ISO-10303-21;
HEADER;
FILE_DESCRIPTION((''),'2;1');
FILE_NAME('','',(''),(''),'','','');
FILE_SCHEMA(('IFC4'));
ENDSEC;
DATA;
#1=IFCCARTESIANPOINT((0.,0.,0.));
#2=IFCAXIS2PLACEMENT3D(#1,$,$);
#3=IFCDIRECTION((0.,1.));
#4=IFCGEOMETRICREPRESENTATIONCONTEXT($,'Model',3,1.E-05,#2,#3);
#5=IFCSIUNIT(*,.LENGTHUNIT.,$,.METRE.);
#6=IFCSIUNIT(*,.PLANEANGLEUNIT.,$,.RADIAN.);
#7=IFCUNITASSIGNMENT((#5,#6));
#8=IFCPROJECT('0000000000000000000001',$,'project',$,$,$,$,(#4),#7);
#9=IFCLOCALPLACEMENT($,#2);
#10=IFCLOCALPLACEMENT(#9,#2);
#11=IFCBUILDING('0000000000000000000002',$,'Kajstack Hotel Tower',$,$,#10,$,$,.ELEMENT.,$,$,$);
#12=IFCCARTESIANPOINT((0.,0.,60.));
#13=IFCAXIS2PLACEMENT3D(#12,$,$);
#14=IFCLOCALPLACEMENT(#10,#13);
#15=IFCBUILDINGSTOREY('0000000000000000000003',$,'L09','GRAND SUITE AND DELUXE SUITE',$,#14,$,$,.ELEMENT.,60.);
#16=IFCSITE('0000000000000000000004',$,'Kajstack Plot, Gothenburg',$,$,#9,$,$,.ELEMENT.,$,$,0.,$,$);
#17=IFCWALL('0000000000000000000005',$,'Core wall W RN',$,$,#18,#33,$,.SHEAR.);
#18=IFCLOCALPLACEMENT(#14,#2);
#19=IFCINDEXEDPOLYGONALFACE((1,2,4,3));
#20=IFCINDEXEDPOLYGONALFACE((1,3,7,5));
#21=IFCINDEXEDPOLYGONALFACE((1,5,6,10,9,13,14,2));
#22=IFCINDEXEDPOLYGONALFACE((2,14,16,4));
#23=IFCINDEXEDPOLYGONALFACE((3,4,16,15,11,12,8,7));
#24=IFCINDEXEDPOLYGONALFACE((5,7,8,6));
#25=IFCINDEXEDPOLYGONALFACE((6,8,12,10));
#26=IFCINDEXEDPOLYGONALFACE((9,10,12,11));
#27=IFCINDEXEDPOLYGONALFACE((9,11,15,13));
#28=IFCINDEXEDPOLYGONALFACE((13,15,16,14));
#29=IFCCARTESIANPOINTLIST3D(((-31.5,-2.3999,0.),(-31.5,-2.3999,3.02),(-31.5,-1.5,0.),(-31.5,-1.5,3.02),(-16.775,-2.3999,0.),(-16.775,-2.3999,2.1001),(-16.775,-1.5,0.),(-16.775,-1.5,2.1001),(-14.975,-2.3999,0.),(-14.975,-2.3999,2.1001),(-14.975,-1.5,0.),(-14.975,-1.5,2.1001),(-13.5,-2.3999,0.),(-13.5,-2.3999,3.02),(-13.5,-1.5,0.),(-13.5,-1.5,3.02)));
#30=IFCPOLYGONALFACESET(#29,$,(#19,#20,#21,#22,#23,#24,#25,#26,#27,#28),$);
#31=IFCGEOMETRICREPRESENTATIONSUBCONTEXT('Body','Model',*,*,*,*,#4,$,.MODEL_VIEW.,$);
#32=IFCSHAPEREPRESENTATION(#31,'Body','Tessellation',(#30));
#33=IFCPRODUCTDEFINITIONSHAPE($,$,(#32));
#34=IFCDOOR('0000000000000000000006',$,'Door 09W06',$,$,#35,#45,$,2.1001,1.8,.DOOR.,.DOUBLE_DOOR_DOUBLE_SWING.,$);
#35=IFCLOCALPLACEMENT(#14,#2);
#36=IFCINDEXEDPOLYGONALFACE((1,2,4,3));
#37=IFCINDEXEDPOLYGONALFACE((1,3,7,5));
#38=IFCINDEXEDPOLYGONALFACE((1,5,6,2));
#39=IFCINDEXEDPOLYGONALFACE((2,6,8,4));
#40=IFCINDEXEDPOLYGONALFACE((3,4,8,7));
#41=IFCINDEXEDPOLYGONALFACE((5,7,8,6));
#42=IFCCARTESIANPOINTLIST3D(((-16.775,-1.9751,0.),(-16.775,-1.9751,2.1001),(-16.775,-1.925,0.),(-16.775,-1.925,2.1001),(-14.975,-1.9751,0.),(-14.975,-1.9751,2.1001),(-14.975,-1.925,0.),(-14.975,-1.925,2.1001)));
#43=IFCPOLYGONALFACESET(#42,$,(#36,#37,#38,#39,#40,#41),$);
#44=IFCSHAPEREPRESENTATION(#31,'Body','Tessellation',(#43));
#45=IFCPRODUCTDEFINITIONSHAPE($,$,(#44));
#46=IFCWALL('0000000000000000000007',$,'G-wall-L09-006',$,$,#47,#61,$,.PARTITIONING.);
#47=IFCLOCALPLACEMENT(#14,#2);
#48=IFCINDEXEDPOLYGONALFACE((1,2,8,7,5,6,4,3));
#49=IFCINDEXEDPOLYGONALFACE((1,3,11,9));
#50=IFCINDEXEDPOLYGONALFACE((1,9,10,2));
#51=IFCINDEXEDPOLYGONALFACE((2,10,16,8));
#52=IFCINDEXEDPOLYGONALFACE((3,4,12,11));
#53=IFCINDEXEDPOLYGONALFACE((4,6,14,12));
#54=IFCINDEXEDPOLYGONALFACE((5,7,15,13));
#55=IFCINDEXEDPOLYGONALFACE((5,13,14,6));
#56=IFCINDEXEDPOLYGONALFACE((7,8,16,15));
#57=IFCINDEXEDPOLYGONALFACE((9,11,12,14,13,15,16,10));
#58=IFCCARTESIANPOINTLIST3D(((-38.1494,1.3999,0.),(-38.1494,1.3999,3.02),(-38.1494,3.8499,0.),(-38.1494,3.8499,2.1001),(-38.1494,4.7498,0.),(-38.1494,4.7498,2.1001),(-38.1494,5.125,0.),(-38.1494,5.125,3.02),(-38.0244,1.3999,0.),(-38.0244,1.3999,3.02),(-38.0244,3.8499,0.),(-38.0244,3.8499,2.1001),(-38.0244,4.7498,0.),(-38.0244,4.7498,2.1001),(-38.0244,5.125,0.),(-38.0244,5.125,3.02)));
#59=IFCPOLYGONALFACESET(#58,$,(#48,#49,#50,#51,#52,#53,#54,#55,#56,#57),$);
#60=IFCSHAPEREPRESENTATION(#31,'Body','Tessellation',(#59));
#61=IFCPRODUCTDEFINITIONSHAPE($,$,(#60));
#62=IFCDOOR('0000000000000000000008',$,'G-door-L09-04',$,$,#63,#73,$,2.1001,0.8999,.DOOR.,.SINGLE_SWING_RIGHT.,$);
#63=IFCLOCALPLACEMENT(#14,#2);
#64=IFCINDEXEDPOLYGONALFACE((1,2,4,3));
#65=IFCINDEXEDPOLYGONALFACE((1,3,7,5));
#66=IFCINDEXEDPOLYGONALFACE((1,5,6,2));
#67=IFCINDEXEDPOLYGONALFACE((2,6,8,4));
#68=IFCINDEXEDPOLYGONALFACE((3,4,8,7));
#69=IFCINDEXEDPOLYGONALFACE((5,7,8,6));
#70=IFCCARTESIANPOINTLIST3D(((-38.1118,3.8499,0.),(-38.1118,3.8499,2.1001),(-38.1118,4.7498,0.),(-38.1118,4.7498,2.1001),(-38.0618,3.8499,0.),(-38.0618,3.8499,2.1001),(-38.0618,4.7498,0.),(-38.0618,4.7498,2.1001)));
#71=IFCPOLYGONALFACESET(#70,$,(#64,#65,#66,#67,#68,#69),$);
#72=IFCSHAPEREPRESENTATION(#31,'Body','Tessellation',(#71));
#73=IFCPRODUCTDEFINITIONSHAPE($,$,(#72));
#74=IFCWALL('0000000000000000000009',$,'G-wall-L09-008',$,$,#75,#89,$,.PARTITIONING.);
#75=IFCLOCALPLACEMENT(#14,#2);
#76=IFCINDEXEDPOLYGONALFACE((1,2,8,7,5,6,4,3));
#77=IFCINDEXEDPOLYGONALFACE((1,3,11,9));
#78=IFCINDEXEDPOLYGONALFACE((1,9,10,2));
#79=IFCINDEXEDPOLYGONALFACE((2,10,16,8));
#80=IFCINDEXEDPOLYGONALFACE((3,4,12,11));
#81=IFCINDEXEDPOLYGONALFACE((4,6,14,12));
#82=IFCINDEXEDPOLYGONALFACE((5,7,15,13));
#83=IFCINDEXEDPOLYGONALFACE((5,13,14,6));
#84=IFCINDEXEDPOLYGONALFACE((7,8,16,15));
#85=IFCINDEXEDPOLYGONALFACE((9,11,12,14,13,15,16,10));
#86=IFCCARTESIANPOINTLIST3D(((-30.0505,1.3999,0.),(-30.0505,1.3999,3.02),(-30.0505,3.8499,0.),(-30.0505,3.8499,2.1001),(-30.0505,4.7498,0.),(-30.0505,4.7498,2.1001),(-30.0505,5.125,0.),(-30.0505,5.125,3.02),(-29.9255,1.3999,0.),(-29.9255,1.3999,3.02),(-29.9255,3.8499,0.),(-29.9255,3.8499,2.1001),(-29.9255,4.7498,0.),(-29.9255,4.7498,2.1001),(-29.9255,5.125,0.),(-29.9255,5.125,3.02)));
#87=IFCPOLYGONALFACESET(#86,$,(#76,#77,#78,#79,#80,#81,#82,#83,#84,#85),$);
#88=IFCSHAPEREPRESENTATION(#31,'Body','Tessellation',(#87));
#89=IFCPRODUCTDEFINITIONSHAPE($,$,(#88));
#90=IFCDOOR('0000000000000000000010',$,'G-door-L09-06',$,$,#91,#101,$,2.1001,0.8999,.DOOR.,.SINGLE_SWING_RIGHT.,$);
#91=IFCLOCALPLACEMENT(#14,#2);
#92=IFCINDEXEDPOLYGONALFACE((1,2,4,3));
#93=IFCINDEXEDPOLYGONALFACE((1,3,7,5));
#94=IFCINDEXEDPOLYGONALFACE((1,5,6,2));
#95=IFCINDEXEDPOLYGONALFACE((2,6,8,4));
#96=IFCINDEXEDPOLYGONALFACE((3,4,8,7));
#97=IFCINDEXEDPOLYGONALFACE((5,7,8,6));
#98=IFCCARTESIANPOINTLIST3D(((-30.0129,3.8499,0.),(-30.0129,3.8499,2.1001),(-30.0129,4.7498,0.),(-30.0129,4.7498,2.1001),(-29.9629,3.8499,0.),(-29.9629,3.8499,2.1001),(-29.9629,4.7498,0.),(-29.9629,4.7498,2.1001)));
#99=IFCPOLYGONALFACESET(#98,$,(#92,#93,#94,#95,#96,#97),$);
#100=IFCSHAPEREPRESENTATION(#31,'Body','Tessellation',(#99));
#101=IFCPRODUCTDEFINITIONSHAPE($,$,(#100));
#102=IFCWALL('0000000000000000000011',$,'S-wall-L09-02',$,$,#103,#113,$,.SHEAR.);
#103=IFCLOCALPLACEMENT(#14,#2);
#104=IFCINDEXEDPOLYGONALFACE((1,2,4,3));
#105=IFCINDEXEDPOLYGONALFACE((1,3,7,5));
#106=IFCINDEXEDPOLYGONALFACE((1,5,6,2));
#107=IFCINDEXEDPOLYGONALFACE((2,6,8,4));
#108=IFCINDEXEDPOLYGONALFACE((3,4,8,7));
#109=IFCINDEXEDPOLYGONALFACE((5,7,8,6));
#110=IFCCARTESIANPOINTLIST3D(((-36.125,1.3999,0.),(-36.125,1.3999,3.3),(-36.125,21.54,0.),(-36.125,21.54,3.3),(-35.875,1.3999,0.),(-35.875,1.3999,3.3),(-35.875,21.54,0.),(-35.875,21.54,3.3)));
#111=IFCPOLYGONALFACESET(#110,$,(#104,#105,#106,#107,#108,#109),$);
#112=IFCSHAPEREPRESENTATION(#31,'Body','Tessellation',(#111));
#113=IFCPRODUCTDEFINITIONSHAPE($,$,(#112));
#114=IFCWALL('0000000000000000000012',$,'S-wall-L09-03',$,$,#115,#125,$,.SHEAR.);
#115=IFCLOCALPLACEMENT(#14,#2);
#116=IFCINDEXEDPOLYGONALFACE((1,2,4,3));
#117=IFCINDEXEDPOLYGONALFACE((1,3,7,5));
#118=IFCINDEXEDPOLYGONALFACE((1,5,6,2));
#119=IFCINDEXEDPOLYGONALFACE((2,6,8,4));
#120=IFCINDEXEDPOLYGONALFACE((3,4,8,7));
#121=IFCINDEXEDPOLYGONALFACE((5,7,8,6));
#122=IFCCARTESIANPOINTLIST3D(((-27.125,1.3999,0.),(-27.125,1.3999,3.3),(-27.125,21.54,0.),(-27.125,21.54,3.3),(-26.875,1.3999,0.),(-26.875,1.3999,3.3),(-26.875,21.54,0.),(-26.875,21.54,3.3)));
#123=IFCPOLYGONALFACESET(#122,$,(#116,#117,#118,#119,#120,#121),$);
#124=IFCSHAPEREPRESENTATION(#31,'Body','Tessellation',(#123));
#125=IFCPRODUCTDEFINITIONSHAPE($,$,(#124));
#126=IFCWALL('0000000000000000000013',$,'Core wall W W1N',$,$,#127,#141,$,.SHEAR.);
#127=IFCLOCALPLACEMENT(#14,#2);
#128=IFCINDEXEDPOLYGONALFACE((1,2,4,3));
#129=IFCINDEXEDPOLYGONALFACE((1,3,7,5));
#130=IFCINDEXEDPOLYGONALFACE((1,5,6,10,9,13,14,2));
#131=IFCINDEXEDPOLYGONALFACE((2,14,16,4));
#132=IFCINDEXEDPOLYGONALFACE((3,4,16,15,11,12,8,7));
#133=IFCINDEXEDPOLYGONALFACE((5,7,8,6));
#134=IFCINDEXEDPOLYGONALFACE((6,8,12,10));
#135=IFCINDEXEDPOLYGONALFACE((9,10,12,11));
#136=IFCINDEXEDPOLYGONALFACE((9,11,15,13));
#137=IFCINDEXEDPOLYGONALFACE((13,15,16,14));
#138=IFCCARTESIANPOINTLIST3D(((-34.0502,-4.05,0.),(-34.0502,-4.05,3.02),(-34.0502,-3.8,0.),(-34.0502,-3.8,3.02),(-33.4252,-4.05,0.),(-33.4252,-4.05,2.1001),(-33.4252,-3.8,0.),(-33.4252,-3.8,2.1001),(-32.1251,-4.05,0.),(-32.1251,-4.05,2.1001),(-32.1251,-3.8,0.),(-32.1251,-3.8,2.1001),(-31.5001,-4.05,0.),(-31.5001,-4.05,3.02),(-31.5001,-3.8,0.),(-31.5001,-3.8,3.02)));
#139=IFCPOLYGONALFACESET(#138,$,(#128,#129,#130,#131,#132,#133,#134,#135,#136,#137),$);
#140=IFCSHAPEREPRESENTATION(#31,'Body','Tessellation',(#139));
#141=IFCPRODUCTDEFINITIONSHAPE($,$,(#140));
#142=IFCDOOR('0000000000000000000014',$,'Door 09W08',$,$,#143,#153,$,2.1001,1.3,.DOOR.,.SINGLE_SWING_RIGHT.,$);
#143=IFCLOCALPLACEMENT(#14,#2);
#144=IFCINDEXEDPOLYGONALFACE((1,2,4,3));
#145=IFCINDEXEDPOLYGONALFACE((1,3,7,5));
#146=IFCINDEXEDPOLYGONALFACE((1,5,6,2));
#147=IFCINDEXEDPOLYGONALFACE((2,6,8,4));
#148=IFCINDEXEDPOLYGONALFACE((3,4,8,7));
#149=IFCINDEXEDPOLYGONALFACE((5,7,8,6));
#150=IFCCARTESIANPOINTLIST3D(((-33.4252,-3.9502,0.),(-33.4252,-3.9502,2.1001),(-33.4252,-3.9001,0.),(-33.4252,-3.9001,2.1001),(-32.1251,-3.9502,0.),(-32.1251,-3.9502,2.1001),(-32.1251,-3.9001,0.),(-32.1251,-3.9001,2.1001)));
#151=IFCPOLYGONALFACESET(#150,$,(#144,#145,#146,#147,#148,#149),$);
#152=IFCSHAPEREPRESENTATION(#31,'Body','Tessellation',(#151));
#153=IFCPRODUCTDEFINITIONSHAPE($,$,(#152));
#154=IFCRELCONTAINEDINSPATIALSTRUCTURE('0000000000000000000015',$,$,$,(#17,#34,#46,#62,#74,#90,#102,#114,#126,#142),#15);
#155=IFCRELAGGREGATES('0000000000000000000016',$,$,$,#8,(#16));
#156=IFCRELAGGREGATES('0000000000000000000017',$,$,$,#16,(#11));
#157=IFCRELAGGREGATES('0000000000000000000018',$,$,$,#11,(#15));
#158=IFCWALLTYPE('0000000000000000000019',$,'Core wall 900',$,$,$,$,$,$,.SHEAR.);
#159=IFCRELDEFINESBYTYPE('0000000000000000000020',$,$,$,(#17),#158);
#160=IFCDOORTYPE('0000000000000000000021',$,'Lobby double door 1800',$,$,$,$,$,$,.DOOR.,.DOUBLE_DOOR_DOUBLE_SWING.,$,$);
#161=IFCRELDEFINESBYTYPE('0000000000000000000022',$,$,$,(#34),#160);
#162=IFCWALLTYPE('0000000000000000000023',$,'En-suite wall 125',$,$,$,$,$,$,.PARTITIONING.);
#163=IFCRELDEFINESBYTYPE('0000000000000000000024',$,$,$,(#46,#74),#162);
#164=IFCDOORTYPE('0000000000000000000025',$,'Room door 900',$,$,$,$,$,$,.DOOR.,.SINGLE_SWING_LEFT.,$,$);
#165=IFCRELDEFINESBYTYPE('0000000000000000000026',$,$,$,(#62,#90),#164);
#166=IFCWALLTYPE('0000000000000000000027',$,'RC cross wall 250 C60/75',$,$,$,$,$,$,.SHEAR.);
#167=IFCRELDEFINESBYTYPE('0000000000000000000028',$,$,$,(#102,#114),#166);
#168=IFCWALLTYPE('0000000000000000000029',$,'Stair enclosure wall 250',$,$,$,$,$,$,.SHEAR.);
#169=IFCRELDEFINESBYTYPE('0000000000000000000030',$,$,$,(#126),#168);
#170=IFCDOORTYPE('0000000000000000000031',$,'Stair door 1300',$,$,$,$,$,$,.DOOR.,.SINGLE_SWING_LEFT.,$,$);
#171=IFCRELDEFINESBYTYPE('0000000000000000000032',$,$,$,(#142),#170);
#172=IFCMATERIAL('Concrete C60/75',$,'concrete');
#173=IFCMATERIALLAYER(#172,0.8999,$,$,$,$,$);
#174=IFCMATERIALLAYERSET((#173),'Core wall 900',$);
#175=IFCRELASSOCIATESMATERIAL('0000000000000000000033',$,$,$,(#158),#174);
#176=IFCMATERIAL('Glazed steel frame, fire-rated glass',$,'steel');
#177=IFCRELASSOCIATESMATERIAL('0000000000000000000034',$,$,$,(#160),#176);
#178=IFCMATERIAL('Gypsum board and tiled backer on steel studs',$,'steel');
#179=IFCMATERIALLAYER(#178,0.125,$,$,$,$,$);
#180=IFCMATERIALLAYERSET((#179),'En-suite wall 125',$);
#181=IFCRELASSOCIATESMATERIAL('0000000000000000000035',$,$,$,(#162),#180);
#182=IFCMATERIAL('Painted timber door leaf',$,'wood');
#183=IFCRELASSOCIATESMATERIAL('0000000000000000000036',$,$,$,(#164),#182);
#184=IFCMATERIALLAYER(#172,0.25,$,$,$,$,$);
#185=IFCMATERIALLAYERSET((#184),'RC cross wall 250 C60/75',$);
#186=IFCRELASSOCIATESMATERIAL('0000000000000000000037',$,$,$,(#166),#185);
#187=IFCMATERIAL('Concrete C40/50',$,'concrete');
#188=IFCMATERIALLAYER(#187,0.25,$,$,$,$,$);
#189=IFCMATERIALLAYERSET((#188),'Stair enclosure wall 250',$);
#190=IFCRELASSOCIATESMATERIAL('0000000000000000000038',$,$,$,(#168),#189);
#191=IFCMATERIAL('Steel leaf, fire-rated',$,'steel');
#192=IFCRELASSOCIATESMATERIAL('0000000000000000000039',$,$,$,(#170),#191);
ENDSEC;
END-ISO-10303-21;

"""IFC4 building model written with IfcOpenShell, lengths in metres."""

from ifc_helpers import new_model, si_unit, direction, frame, frame_2d, origin, place, context, subcontext, project, spatial, rectangle, extrude, material, layer, layer_set, type_object, element, fill, save


model = new_model("IFC4")

# Units and contexts
model_context = context("Model", 3, precision=1e-05, world=origin(), true_north=direction((0.0, 1.0)))
body_context = subcontext(model_context, "Body", "Model", "MODEL_VIEW")
ifc_project = project(units=[si_unit("LENGTHUNIT", "METRE"), si_unit("PLANEANGLEUNIT", "RADIAN")], contexts=[model_context])

# Site, building, storey
site_placement = place(None, origin())
site = spatial("IfcSite", under=ifc_project, at=site_placement, Name="Kajstack Plot, Gothenburg", CompositionType="ELEMENT", RefElevation=0.0)
building_placement = place(site_placement, origin())
building = spatial("IfcBuilding", under=site, at=building_placement, Name="Kajstack Hotel Tower", CompositionType="ELEMENT")
storey_placement = place(building_placement, frame((0.0, 0.0, 60.0)))
storey = spatial("IfcBuildingStorey", under=building, at=storey_placement, Name="L09", Description="GRAND SUITE AND DELUXE SUITE", CompositionType="ELEMENT", Elevation=60.0)

# Walls, openings, doors
ifc_material_1 = material(Name="Concrete C60/75", Category="concrete")
ifc_layer_1 = layer(ifc_material_1, 0.8999)
ifc_layer_set_1 = layer_set([ifc_layer_1], Name="Core wall 900")
wall_type_1 = type_object("IfcWallType", Name="Core wall 900", PredefinedType="SHEAR", material=ifc_layer_set_1)
wall_1_placement = place(storey_placement, frame((-31.5, -1.95, 0.0), z_axis=(0.0, 0.0, 1.0), x_axis=(1.0, 0.0, 0.0)))
wall_1 = element("IfcWall", 1, at=wall_1_placement, inside=storey, type_object=wall_type_1, Name="Core wall W RN", PredefinedType="SHEAR", context=body_context, shape_type="SweptSolid", body=[
    extrude(rectangle(XDim=18.0, YDim=0.8999, at=frame_2d((9.0, 0.0))), origin(), (0.0, 0.0, 1.0), 3.02),
])
opening_1_placement = place(wall_1_placement, frame((14.7251, 0.0, 0.0)))
opening_1 = element("IfcOpeningElement", 2, at=opening_1_placement, cuts=wall_1, PredefinedType="OPENING", context=body_context, shape_type="SweptSolid", body=[
    extrude(rectangle(XDim=1.8, YDim=2.1001, at=frame_2d((0.8999, 1.05))), frame((0.0, 0.46, 0.0), z_axis=(0.0, -1.0, 0.0), x_axis=(1.0, 0.0, 0.0)), (0.0, 0.0, 1.0), 0.9199),
])
ifc_material_2 = material(Name="Glazed steel frame, fire-rated glass", Category="steel")
door_type_1 = type_object("IfcDoorType", Name="Lobby double door 1800", OperationType="DOUBLE_DOOR_DOUBLE_SWING", PredefinedType="DOOR", material=ifc_material_2)
door_1_placement = place(opening_1_placement, origin())
door_1 = element("IfcDoor", 3, at=door_1_placement, inside=storey, type_object=door_type_1, Name="Door 09W06", OperationType="DOUBLE_DOOR_DOUBLE_SWING", OverallHeight=2.1001, OverallWidth=1.8, PredefinedType="DOOR", context=body_context, shape_type="SweptSolid", body=[
    extrude(rectangle(XDim=1.8, YDim=2.1001, at=frame_2d((0.8999, 1.05))), frame((0.0, 0.0249, 0.0), z_axis=(0.0, -1.0, 0.0), x_axis=(1.0, 0.0, 0.0)), (0.0, 0.0, 1.0), 0.05),
])
fill(opening_1, door_1)
ifc_material_3 = material(Name="Gypsum board and tiled backer on steel studs", Category="steel")
ifc_layer_2 = layer(ifc_material_3, 0.125)
ifc_layer_set_2 = layer_set([ifc_layer_2], Name="En-suite wall 125")
wall_type_2 = type_object("IfcWallType", Name="En-suite wall 125", PredefinedType="PARTITIONING", material=ifc_layer_set_2)
wall_2_placement = place(storey_placement, frame((-38.0869, 1.3999, 0.0), z_axis=(0.0, 0.0, 1.0), x_axis=(0.0, 1.0, 0.0)))
wall_2 = element("IfcWall", 4, at=wall_2_placement, inside=storey, type_object=wall_type_2, Name="G-wall-L09-006", PredefinedType="PARTITIONING", context=body_context, shape_type="SweptSolid", body=[
    extrude(rectangle(XDim=3.7251, YDim=0.125, at=frame_2d((1.8625, 0.0))), origin(), (0.0, 0.0, 1.0), 3.02),
])
opening_2_placement = place(wall_2_placement, frame((2.45, 0.0, 0.0)))
opening_2 = element("IfcOpeningElement", 5, at=opening_2_placement, cuts=wall_2, PredefinedType="OPENING", context=body_context, shape_type="SweptSolid", body=[
    extrude(rectangle(XDim=0.8999, YDim=2.1001, at=frame_2d((0.45, 1.05))), frame((0.0, 0.0725, 0.0), z_axis=(0.0, -1.0, 0.0), x_axis=(1.0, 0.0, 0.0)), (0.0, 0.0, 1.0), 0.145),
])
ifc_material_4 = material(Name="Painted timber door leaf", Category="wood")
door_type_2 = type_object("IfcDoorType", Name="Room door 900", OperationType="SINGLE_SWING_LEFT", PredefinedType="DOOR", material=ifc_material_4)
door_2_placement = place(opening_2_placement, origin())
door_2 = element("IfcDoor", 6, at=door_2_placement, inside=storey, type_object=door_type_2, Name="G-door-L09-04", OperationType="SINGLE_SWING_RIGHT", OverallHeight=2.1001, OverallWidth=0.8999, PredefinedType="DOOR", context=body_context, shape_type="SweptSolid", body=[
    extrude(rectangle(XDim=0.8999, YDim=2.1001, at=frame_2d((0.45, 1.05))), frame((0.0, 0.0249, 0.0), z_axis=(0.0, -1.0, 0.0), x_axis=(1.0, 0.0, 0.0)), (0.0, 0.0, 1.0), 0.05),
])
fill(opening_2, door_2)
wall_3_placement = place(storey_placement, frame((-29.988, 1.3999, 0.0), z_axis=(0.0, 0.0, 1.0), x_axis=(0.0, 1.0, 0.0)))
wall_3 = element("IfcWall", 7, at=wall_3_placement, inside=storey, type_object=wall_type_2, Name="G-wall-L09-008", PredefinedType="PARTITIONING", context=body_context, shape_type="SweptSolid", body=[
    extrude(rectangle(XDim=3.7251, YDim=0.125, at=frame_2d((1.8625, 0.0))), origin(), (0.0, 0.0, 1.0), 3.02),
])
opening_3_placement = place(wall_3_placement, frame((2.45, 0.0, 0.0)))
opening_3 = element("IfcOpeningElement", 8, at=opening_3_placement, cuts=wall_3, PredefinedType="OPENING", context=body_context, shape_type="SweptSolid", body=[
    extrude(rectangle(XDim=0.8999, YDim=2.1001, at=frame_2d((0.45, 1.05))), frame((0.0, 0.0725, 0.0), z_axis=(0.0, -1.0, 0.0), x_axis=(1.0, 0.0, 0.0)), (0.0, 0.0, 1.0), 0.145),
])
door_3_placement = place(opening_3_placement, origin())
door_3 = element("IfcDoor", 9, at=door_3_placement, inside=storey, type_object=door_type_2, Name="G-door-L09-06", OperationType="SINGLE_SWING_RIGHT", OverallHeight=2.1001, OverallWidth=0.8999, PredefinedType="DOOR", context=body_context, shape_type="SweptSolid", body=[
    extrude(rectangle(XDim=0.8999, YDim=2.1001, at=frame_2d((0.45, 1.05))), frame((0.0, 0.0249, 0.0), z_axis=(0.0, -1.0, 0.0), x_axis=(1.0, 0.0, 0.0)), (0.0, 0.0, 1.0), 0.05),
])
fill(opening_3, door_3)

# Walls
ifc_layer_3 = layer(ifc_material_1, 0.25)
ifc_layer_set_3 = layer_set([ifc_layer_3], Name="RC cross wall 250 C60/75")
wall_type_3 = type_object("IfcWallType", Name="RC cross wall 250 C60/75", PredefinedType="SHEAR", material=ifc_layer_set_3)
for number, where, z_axis, x_axis, name in (
    (10, (-36.0, 1.3999, 0.0), (0.0, 0.0, 1.0), (0.0, 1.0, 0.0), "S-wall-L09-02"),
    (11, (-27.0, 1.3999, 0.0), (0.0, 0.0, 1.0), (0.0, 1.0, 0.0), "S-wall-L09-03"),
):
    element("IfcWall", number, at=place(storey_placement, frame(where, z_axis=z_axis, x_axis=x_axis)), inside=storey, type_object=wall_type_3, Name=name, PredefinedType="SHEAR", context=body_context, shape_type="SweptSolid", body=[
        extrude(rectangle(XDim=20.1401, YDim=0.25, at=frame_2d((10.0701, 0.0))), origin(), (0.0, 0.0, 1.0), 3.3),
    ])

# Wall, opening, door
ifc_material_5 = material(Name="Concrete C40/50", Category="concrete")
ifc_layer_4 = layer(ifc_material_5, 0.25)
ifc_layer_set_4 = layer_set([ifc_layer_4], Name="Stair enclosure wall 250")
wall_type_4 = type_object("IfcWallType", Name="Stair enclosure wall 250", PredefinedType="SHEAR", material=ifc_layer_set_4)
wall_4_placement = place(storey_placement, frame((-34.05, -3.925, 0.0), z_axis=(0.0, 0.0, 1.0), x_axis=(1.0, 0.0, 0.0)))
wall_4 = element("IfcWall", 12, at=wall_4_placement, inside=storey, type_object=wall_type_4, Name="Core wall W W1N", PredefinedType="SHEAR", context=body_context, shape_type="SweptSolid", body=[
    extrude(rectangle(XDim=2.55, YDim=0.25, at=frame_2d((1.2749, 0.0))), origin(), (0.0, 0.0, 1.0), 3.02),
])
opening_4_placement = place(wall_4_placement, frame((0.625, 0.0, 0.0)))
opening_4 = element("IfcOpeningElement", 13, at=opening_4_placement, cuts=wall_4, PredefinedType="OPENING", context=body_context, shape_type="SweptSolid", body=[
    extrude(rectangle(XDim=1.3, YDim=2.1001, at=frame_2d((0.6499, 1.05))), frame((0.0, 0.135, 0.0), z_axis=(0.0, -1.0, 0.0), x_axis=(1.0, 0.0, 0.0)), (0.0, 0.0, 1.0), 0.27),
])
ifc_material_6 = material(Name="Steel leaf, fire-rated", Category="steel")
door_type_3 = type_object("IfcDoorType", Name="Stair door 1300", OperationType="SINGLE_SWING_LEFT", PredefinedType="DOOR", material=ifc_material_6)
door_4_placement = place(opening_4_placement, origin())
door_4 = element("IfcDoor", 14, at=door_4_placement, inside=storey, type_object=door_type_3, Name="Door 09W08", OperationType="SINGLE_SWING_RIGHT", OverallHeight=2.1001, OverallWidth=1.3, PredefinedType="DOOR", context=body_context, shape_type="SweptSolid", body=[
    extrude(rectangle(XDim=1.3, YDim=2.1001, at=frame_2d((0.6499, 1.05))), frame((0.0, 0.0249, 0.0), z_axis=(0.0, -1.0, 0.0), x_axis=(1.0, 0.0, 0.0)), (0.0, 0.0, 1.0), 0.05),
])
fill(opening_4, door_4)

save(model, "model.ifc")
